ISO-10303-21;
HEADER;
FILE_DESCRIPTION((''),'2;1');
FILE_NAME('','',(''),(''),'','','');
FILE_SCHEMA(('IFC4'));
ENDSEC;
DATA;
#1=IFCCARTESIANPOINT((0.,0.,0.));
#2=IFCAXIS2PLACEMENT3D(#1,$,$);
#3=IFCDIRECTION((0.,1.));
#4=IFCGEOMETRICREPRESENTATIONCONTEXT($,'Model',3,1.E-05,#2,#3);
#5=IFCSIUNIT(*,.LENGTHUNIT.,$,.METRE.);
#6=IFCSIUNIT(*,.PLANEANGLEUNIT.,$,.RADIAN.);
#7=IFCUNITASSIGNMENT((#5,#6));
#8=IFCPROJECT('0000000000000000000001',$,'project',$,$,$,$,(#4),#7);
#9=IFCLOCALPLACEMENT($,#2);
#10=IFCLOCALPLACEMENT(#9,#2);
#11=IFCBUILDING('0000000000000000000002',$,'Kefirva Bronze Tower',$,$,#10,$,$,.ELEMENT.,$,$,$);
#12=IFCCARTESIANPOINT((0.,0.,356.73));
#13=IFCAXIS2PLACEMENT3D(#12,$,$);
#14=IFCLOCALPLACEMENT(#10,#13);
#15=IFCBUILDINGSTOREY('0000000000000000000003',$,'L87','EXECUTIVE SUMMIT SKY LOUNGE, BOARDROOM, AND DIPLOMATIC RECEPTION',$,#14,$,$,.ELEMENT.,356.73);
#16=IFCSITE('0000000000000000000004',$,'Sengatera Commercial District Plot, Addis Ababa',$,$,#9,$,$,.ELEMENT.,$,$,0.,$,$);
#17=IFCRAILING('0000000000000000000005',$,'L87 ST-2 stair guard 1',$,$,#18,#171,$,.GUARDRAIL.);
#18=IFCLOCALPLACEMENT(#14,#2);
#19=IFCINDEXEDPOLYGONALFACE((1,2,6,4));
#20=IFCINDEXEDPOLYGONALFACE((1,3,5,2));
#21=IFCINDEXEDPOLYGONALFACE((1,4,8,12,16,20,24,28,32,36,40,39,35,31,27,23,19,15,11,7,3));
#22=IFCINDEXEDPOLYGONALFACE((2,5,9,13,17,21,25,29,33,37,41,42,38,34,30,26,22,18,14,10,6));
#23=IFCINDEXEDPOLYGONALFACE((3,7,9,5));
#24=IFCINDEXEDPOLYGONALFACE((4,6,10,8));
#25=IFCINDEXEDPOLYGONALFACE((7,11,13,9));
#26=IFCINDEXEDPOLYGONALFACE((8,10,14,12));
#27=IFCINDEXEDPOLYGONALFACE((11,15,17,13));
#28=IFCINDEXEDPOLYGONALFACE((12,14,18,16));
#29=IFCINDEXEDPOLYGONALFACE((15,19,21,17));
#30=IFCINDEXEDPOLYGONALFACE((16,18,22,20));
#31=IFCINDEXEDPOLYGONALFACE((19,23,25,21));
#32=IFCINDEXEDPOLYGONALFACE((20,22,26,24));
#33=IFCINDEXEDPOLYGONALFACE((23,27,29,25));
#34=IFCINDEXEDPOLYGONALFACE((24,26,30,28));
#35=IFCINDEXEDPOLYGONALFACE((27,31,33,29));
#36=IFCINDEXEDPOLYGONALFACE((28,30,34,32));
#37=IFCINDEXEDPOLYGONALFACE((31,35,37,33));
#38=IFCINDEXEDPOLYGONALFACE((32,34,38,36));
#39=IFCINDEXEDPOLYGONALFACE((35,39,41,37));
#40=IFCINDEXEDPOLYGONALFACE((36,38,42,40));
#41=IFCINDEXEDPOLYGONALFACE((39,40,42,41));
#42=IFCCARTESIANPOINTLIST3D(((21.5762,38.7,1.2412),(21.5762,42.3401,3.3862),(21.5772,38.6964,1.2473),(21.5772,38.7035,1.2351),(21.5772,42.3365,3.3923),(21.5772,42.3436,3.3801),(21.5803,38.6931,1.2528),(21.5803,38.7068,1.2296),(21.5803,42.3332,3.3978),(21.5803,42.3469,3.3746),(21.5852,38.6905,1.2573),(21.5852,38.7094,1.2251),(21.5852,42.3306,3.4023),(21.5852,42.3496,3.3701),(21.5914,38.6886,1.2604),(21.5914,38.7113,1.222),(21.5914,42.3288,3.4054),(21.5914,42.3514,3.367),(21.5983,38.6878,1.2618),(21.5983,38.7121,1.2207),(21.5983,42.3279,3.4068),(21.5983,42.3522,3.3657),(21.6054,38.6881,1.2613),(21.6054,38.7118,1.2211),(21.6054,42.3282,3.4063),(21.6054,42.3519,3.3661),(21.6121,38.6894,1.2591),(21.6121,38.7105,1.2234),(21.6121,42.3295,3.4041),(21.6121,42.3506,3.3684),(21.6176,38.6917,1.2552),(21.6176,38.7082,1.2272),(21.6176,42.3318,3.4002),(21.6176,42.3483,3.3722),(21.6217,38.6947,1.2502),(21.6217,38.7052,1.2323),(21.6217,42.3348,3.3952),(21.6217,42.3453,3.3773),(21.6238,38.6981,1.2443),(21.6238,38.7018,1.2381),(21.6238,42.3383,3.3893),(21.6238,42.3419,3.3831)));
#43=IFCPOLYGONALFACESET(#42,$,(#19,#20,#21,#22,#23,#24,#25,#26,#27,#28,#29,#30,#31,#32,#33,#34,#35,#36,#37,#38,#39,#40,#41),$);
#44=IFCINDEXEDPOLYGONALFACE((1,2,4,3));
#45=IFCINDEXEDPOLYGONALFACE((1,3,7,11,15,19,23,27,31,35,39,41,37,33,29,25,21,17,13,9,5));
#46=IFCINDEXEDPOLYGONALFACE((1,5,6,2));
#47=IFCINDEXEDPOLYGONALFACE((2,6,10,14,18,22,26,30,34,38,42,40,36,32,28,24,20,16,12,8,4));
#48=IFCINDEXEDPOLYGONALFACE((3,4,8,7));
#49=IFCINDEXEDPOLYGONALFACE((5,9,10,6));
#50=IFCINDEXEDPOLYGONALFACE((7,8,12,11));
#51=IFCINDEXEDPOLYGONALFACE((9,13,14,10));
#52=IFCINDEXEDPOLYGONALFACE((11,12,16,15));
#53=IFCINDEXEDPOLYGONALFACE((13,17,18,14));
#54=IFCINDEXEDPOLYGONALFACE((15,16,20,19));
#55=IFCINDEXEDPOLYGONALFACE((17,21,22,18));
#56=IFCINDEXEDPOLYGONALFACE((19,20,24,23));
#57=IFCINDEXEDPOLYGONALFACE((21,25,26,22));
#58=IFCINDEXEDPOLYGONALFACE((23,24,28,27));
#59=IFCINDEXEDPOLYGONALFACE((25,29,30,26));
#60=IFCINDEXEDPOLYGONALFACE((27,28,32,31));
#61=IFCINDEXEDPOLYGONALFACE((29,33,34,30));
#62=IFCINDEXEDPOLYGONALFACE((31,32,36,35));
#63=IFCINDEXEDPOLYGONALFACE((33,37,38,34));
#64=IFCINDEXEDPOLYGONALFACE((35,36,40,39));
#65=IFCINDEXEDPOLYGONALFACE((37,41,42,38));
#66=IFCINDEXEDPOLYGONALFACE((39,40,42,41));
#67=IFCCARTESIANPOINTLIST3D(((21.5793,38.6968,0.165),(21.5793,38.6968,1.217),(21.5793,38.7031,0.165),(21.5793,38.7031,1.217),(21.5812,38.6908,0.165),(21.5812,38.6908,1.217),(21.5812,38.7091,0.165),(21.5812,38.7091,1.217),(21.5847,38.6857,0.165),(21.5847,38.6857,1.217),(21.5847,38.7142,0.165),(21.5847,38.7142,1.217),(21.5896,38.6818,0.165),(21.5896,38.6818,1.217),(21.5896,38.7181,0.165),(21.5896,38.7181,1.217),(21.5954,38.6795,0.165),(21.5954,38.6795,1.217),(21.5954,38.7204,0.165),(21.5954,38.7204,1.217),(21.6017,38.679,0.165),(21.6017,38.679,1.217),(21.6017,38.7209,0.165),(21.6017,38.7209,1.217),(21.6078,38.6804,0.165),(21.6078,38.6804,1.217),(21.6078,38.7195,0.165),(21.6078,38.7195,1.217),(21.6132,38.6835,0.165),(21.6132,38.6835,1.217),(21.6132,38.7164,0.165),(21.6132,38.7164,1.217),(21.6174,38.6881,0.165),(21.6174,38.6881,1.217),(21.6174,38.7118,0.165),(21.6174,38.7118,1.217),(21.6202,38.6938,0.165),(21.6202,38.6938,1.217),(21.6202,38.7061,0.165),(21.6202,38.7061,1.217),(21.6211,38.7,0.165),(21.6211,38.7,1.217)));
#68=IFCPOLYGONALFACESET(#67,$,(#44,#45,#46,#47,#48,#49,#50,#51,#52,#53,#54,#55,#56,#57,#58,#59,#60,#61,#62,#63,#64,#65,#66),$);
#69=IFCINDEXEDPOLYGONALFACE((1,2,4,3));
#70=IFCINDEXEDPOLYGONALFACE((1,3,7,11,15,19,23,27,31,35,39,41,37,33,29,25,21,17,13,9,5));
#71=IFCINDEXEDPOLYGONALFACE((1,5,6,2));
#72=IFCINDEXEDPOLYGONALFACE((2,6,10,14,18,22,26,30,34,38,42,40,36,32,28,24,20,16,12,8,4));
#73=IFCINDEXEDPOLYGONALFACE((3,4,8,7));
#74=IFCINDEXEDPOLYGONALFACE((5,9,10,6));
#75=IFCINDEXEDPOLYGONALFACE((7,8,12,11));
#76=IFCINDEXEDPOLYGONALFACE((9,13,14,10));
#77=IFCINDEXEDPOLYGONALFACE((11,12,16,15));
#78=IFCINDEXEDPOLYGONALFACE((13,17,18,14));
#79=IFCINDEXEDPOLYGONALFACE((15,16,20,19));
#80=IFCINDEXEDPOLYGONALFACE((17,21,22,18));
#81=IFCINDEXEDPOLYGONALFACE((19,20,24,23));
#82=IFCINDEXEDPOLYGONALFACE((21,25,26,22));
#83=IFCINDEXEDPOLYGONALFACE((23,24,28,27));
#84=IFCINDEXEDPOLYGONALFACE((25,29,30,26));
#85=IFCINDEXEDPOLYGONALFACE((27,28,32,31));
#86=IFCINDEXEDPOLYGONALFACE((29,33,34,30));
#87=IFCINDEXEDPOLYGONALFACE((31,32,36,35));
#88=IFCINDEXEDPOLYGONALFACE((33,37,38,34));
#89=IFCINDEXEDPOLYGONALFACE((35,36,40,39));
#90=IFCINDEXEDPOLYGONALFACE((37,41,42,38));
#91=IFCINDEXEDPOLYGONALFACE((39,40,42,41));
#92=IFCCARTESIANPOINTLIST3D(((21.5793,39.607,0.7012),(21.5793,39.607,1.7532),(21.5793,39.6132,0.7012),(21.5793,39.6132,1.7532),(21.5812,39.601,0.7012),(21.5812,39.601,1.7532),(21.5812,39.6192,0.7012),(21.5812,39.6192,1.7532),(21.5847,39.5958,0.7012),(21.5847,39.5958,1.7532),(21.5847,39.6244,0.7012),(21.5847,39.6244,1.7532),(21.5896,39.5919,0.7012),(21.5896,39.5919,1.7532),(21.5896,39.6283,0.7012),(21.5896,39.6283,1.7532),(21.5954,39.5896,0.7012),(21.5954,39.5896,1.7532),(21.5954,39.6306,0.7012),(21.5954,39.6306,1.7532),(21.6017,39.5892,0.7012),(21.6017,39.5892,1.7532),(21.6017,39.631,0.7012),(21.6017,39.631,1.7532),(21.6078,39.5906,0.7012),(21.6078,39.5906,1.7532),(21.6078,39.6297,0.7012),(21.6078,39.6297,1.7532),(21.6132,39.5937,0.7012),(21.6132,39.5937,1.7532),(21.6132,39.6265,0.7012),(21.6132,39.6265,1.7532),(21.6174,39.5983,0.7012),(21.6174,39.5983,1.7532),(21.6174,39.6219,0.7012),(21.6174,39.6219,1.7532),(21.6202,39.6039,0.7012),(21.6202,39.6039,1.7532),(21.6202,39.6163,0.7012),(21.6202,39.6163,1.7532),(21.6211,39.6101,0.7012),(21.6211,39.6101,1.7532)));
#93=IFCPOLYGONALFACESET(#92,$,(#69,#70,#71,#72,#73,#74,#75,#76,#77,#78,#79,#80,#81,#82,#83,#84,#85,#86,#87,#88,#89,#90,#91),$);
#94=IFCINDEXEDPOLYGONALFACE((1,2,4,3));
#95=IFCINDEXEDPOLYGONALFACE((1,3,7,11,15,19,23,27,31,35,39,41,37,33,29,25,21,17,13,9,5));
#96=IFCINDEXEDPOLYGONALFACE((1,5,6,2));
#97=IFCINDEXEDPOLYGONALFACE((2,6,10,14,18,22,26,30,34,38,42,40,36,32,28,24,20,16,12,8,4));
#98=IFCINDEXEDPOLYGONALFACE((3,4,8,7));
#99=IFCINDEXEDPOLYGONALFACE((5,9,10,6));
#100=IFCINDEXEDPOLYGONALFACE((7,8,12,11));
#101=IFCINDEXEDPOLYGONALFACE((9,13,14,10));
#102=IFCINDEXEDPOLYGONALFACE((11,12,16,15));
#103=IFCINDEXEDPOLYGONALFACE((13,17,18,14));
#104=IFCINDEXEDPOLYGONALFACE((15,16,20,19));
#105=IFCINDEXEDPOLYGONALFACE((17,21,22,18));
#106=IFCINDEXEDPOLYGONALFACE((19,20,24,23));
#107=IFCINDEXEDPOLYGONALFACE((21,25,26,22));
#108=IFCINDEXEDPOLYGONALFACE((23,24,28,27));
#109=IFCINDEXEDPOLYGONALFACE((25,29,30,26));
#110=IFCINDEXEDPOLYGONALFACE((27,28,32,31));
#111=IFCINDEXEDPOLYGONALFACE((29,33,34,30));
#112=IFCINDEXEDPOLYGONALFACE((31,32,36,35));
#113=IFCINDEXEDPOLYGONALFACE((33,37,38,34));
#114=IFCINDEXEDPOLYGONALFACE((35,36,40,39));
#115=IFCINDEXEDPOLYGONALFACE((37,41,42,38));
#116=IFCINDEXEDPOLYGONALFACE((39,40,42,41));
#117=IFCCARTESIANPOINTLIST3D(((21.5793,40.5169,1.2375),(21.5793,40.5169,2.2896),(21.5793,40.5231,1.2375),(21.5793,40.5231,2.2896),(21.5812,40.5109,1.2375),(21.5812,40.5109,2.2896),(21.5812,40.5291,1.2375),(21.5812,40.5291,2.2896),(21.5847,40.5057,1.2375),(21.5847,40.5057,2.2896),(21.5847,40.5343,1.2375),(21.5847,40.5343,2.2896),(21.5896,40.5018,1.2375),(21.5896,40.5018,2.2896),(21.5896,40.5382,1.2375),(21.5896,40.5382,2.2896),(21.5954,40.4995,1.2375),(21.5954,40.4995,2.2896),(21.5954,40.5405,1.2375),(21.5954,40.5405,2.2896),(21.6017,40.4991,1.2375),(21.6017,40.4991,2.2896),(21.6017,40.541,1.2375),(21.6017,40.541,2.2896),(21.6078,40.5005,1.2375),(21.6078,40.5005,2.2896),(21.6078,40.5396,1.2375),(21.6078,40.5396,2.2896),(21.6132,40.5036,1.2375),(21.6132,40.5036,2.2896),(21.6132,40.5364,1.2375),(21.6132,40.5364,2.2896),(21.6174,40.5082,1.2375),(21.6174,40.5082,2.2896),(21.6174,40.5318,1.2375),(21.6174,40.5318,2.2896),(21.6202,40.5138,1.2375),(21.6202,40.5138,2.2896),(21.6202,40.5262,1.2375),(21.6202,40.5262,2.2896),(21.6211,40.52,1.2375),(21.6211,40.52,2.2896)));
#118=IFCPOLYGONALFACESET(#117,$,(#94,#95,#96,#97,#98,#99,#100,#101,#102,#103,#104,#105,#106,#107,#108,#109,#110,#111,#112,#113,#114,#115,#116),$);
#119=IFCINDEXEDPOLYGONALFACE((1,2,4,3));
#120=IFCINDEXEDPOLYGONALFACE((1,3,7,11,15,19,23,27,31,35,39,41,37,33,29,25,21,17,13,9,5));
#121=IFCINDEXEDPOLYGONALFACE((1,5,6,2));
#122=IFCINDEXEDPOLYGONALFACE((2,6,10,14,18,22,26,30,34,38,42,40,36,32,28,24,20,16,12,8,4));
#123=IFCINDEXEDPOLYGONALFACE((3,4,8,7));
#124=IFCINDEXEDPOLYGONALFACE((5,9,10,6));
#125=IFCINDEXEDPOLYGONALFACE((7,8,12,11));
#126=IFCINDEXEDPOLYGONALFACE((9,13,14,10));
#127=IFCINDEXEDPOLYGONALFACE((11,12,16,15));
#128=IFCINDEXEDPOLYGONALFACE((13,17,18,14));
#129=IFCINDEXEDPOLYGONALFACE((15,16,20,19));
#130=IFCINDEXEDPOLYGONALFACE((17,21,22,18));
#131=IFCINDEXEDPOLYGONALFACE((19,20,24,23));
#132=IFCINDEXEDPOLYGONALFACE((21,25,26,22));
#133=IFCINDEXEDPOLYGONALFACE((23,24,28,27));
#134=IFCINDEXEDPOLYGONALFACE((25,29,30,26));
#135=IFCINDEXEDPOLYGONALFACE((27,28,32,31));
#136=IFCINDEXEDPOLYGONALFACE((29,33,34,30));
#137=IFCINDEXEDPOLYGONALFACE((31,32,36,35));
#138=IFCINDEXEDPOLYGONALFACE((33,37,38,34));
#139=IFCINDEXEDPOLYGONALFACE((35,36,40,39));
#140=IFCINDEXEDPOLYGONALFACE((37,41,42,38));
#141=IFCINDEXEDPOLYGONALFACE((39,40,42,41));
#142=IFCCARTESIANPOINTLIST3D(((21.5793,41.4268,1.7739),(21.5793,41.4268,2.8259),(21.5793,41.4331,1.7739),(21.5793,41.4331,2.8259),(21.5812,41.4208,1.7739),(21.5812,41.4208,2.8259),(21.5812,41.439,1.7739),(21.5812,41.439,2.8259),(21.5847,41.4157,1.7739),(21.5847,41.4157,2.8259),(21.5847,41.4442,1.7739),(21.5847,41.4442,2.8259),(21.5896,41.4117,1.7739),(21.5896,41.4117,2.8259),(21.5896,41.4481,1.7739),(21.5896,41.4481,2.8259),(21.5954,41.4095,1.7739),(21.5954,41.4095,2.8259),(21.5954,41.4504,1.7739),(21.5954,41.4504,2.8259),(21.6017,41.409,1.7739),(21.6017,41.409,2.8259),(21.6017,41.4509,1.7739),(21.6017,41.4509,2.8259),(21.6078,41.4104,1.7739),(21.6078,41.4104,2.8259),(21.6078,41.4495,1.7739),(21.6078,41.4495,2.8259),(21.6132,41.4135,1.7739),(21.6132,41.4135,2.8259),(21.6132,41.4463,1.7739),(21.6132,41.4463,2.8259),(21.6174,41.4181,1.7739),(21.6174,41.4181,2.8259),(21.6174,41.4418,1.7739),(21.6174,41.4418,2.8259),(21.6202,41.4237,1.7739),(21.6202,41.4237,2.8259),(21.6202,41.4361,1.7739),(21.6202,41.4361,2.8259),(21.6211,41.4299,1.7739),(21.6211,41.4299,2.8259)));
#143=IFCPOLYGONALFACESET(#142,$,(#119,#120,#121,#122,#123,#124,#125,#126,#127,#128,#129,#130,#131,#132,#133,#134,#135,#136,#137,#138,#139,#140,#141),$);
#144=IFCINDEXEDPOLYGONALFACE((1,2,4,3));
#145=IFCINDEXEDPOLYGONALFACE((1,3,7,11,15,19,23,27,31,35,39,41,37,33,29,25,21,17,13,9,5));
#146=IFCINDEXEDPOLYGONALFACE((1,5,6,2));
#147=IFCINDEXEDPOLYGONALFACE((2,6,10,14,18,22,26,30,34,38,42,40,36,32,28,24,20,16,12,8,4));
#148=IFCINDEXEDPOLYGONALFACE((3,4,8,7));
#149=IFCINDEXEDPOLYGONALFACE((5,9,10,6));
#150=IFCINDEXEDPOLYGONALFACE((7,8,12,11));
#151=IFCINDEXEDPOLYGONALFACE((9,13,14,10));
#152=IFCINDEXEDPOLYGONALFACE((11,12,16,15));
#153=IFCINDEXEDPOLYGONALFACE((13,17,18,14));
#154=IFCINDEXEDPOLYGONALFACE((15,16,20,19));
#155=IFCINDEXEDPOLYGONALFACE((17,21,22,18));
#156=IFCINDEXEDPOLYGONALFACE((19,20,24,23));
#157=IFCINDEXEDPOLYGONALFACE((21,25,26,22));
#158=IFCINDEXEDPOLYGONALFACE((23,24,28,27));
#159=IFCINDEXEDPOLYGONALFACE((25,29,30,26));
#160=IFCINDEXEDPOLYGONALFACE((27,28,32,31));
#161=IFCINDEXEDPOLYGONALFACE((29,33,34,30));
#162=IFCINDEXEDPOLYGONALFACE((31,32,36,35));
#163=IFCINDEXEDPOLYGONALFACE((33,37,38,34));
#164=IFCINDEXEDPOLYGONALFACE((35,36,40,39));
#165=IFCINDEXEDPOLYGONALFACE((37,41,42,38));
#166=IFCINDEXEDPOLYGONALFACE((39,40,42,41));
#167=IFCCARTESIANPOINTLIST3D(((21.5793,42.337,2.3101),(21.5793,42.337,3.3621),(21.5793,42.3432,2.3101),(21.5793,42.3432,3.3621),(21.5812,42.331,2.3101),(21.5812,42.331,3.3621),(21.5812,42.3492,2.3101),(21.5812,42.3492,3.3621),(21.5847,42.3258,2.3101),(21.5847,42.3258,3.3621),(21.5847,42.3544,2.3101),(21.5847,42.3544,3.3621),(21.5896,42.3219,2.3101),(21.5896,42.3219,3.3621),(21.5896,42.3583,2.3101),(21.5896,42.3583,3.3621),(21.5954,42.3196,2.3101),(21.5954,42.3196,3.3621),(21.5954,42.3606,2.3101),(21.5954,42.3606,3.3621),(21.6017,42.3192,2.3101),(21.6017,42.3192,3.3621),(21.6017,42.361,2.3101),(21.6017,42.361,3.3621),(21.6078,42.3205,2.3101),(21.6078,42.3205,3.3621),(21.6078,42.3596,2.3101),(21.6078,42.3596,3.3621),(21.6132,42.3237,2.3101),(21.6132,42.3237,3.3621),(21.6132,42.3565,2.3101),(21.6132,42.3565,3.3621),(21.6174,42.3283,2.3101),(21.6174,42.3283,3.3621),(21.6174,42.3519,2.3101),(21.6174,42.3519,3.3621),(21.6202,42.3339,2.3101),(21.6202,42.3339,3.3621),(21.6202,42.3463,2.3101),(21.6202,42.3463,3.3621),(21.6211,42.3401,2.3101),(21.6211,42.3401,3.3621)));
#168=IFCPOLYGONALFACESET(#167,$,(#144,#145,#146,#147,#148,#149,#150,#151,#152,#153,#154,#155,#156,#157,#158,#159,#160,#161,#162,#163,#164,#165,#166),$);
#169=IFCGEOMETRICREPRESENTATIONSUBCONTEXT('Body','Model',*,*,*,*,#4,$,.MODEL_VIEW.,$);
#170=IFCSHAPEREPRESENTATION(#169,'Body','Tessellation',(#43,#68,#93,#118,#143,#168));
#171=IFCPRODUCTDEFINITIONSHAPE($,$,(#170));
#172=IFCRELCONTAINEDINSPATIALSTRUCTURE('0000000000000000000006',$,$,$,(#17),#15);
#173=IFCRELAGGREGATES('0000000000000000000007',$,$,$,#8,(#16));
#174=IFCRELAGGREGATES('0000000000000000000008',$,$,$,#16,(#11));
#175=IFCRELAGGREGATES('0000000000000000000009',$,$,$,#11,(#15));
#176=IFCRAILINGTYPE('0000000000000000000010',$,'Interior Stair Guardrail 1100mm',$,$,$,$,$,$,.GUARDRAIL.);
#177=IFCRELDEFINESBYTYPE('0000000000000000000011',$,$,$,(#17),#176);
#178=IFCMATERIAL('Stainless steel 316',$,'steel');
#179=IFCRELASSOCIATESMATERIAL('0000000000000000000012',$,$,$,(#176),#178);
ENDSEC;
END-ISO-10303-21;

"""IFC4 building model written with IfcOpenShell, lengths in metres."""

from ifc_helpers import new_model, si_unit, direction, frame, origin, origin_2d, place, context, subcontext, project, spatial, circle, extrude, material, type_object, element, save


model = new_model("IFC4")

# Units and contexts
model_context = context("Model", 3, precision=1e-05, world=origin(), true_north=direction((0.0, 1.0)))
body_context = subcontext(model_context, "Body", "Model", "MODEL_VIEW")
ifc_project = project(units=[si_unit("LENGTHUNIT", "METRE"), si_unit("PLANEANGLEUNIT", "RADIAN")], contexts=[model_context])

# Site, building, storey
site_placement = place(None, origin())
site = spatial("IfcSite", under=ifc_project, at=site_placement, Name="Sengatera Commercial District Plot, Addis Ababa", CompositionType="ELEMENT", RefElevation=0.0)
building_placement = place(site_placement, origin())
building = spatial("IfcBuilding", under=site, at=building_placement, Name="Kefirva Bronze Tower", CompositionType="ELEMENT")
storey_placement = place(building_placement, frame((0.0, 0.0, 356.73)))
storey = spatial("IfcBuildingStorey", under=building, at=storey_placement, Name="L87", Description="EXECUTIVE SUMMIT SKY LOUNGE, BOARDROOM, AND DIPLOMATIC RECEPTION", CompositionType="ELEMENT", Elevation=356.73)

# Railing
ifc_material_1 = material(Name="Stainless steel 316", Category="steel")
railing_type_1 = type_object("IfcRailingType", Name="Interior Stair Guardrail 1100mm", PredefinedType="GUARDRAIL", material=ifc_material_1)
railing_1_placement = place(storey_placement, frame((21.6001, 38.7, 0.165)))
element("IfcRailing", 1, at=railing_1_placement, inside=storey, type_object=railing_type_1, Name="L87 ST-2 stair guard 1", PredefinedType="GUARDRAIL", context=body_context, shape_type="SweptSolid", body=[
    extrude(circle(Radius=0.0239, at=origin_2d()), frame((0.0, 0.0, 1.0762), z_axis=(0.0, 0.861545, 0.507682), x_axis=(-1.0, 0.0, 0.0)), (0.0, 0.0, 1.0), 4.2251),
    extrude(circle(Radius=0.021, at=origin_2d()), origin(), (0.0, 0.0, 1.0), 1.052),
    extrude(circle(Radius=0.021, at=origin_2d()), frame((0.0, 0.9102, 0.5361)), (0.0, 0.0, 1.0), 1.052),
    extrude(circle(Radius=0.021, at=origin_2d()), frame((0.0, 1.8201, 1.0725)), (0.0, 0.0, 1.0), 1.052),
    extrude(circle(Radius=0.021, at=origin_2d()), frame((0.0, 2.73, 1.6089)), (0.0, 0.0, 1.0), 1.052),
    extrude(circle(Radius=0.021, at=origin_2d()), frame((0.0, 3.6401, 2.145)), (0.0, 0.0, 1.0), 1.052),
])

save(model, "model.ifc")
